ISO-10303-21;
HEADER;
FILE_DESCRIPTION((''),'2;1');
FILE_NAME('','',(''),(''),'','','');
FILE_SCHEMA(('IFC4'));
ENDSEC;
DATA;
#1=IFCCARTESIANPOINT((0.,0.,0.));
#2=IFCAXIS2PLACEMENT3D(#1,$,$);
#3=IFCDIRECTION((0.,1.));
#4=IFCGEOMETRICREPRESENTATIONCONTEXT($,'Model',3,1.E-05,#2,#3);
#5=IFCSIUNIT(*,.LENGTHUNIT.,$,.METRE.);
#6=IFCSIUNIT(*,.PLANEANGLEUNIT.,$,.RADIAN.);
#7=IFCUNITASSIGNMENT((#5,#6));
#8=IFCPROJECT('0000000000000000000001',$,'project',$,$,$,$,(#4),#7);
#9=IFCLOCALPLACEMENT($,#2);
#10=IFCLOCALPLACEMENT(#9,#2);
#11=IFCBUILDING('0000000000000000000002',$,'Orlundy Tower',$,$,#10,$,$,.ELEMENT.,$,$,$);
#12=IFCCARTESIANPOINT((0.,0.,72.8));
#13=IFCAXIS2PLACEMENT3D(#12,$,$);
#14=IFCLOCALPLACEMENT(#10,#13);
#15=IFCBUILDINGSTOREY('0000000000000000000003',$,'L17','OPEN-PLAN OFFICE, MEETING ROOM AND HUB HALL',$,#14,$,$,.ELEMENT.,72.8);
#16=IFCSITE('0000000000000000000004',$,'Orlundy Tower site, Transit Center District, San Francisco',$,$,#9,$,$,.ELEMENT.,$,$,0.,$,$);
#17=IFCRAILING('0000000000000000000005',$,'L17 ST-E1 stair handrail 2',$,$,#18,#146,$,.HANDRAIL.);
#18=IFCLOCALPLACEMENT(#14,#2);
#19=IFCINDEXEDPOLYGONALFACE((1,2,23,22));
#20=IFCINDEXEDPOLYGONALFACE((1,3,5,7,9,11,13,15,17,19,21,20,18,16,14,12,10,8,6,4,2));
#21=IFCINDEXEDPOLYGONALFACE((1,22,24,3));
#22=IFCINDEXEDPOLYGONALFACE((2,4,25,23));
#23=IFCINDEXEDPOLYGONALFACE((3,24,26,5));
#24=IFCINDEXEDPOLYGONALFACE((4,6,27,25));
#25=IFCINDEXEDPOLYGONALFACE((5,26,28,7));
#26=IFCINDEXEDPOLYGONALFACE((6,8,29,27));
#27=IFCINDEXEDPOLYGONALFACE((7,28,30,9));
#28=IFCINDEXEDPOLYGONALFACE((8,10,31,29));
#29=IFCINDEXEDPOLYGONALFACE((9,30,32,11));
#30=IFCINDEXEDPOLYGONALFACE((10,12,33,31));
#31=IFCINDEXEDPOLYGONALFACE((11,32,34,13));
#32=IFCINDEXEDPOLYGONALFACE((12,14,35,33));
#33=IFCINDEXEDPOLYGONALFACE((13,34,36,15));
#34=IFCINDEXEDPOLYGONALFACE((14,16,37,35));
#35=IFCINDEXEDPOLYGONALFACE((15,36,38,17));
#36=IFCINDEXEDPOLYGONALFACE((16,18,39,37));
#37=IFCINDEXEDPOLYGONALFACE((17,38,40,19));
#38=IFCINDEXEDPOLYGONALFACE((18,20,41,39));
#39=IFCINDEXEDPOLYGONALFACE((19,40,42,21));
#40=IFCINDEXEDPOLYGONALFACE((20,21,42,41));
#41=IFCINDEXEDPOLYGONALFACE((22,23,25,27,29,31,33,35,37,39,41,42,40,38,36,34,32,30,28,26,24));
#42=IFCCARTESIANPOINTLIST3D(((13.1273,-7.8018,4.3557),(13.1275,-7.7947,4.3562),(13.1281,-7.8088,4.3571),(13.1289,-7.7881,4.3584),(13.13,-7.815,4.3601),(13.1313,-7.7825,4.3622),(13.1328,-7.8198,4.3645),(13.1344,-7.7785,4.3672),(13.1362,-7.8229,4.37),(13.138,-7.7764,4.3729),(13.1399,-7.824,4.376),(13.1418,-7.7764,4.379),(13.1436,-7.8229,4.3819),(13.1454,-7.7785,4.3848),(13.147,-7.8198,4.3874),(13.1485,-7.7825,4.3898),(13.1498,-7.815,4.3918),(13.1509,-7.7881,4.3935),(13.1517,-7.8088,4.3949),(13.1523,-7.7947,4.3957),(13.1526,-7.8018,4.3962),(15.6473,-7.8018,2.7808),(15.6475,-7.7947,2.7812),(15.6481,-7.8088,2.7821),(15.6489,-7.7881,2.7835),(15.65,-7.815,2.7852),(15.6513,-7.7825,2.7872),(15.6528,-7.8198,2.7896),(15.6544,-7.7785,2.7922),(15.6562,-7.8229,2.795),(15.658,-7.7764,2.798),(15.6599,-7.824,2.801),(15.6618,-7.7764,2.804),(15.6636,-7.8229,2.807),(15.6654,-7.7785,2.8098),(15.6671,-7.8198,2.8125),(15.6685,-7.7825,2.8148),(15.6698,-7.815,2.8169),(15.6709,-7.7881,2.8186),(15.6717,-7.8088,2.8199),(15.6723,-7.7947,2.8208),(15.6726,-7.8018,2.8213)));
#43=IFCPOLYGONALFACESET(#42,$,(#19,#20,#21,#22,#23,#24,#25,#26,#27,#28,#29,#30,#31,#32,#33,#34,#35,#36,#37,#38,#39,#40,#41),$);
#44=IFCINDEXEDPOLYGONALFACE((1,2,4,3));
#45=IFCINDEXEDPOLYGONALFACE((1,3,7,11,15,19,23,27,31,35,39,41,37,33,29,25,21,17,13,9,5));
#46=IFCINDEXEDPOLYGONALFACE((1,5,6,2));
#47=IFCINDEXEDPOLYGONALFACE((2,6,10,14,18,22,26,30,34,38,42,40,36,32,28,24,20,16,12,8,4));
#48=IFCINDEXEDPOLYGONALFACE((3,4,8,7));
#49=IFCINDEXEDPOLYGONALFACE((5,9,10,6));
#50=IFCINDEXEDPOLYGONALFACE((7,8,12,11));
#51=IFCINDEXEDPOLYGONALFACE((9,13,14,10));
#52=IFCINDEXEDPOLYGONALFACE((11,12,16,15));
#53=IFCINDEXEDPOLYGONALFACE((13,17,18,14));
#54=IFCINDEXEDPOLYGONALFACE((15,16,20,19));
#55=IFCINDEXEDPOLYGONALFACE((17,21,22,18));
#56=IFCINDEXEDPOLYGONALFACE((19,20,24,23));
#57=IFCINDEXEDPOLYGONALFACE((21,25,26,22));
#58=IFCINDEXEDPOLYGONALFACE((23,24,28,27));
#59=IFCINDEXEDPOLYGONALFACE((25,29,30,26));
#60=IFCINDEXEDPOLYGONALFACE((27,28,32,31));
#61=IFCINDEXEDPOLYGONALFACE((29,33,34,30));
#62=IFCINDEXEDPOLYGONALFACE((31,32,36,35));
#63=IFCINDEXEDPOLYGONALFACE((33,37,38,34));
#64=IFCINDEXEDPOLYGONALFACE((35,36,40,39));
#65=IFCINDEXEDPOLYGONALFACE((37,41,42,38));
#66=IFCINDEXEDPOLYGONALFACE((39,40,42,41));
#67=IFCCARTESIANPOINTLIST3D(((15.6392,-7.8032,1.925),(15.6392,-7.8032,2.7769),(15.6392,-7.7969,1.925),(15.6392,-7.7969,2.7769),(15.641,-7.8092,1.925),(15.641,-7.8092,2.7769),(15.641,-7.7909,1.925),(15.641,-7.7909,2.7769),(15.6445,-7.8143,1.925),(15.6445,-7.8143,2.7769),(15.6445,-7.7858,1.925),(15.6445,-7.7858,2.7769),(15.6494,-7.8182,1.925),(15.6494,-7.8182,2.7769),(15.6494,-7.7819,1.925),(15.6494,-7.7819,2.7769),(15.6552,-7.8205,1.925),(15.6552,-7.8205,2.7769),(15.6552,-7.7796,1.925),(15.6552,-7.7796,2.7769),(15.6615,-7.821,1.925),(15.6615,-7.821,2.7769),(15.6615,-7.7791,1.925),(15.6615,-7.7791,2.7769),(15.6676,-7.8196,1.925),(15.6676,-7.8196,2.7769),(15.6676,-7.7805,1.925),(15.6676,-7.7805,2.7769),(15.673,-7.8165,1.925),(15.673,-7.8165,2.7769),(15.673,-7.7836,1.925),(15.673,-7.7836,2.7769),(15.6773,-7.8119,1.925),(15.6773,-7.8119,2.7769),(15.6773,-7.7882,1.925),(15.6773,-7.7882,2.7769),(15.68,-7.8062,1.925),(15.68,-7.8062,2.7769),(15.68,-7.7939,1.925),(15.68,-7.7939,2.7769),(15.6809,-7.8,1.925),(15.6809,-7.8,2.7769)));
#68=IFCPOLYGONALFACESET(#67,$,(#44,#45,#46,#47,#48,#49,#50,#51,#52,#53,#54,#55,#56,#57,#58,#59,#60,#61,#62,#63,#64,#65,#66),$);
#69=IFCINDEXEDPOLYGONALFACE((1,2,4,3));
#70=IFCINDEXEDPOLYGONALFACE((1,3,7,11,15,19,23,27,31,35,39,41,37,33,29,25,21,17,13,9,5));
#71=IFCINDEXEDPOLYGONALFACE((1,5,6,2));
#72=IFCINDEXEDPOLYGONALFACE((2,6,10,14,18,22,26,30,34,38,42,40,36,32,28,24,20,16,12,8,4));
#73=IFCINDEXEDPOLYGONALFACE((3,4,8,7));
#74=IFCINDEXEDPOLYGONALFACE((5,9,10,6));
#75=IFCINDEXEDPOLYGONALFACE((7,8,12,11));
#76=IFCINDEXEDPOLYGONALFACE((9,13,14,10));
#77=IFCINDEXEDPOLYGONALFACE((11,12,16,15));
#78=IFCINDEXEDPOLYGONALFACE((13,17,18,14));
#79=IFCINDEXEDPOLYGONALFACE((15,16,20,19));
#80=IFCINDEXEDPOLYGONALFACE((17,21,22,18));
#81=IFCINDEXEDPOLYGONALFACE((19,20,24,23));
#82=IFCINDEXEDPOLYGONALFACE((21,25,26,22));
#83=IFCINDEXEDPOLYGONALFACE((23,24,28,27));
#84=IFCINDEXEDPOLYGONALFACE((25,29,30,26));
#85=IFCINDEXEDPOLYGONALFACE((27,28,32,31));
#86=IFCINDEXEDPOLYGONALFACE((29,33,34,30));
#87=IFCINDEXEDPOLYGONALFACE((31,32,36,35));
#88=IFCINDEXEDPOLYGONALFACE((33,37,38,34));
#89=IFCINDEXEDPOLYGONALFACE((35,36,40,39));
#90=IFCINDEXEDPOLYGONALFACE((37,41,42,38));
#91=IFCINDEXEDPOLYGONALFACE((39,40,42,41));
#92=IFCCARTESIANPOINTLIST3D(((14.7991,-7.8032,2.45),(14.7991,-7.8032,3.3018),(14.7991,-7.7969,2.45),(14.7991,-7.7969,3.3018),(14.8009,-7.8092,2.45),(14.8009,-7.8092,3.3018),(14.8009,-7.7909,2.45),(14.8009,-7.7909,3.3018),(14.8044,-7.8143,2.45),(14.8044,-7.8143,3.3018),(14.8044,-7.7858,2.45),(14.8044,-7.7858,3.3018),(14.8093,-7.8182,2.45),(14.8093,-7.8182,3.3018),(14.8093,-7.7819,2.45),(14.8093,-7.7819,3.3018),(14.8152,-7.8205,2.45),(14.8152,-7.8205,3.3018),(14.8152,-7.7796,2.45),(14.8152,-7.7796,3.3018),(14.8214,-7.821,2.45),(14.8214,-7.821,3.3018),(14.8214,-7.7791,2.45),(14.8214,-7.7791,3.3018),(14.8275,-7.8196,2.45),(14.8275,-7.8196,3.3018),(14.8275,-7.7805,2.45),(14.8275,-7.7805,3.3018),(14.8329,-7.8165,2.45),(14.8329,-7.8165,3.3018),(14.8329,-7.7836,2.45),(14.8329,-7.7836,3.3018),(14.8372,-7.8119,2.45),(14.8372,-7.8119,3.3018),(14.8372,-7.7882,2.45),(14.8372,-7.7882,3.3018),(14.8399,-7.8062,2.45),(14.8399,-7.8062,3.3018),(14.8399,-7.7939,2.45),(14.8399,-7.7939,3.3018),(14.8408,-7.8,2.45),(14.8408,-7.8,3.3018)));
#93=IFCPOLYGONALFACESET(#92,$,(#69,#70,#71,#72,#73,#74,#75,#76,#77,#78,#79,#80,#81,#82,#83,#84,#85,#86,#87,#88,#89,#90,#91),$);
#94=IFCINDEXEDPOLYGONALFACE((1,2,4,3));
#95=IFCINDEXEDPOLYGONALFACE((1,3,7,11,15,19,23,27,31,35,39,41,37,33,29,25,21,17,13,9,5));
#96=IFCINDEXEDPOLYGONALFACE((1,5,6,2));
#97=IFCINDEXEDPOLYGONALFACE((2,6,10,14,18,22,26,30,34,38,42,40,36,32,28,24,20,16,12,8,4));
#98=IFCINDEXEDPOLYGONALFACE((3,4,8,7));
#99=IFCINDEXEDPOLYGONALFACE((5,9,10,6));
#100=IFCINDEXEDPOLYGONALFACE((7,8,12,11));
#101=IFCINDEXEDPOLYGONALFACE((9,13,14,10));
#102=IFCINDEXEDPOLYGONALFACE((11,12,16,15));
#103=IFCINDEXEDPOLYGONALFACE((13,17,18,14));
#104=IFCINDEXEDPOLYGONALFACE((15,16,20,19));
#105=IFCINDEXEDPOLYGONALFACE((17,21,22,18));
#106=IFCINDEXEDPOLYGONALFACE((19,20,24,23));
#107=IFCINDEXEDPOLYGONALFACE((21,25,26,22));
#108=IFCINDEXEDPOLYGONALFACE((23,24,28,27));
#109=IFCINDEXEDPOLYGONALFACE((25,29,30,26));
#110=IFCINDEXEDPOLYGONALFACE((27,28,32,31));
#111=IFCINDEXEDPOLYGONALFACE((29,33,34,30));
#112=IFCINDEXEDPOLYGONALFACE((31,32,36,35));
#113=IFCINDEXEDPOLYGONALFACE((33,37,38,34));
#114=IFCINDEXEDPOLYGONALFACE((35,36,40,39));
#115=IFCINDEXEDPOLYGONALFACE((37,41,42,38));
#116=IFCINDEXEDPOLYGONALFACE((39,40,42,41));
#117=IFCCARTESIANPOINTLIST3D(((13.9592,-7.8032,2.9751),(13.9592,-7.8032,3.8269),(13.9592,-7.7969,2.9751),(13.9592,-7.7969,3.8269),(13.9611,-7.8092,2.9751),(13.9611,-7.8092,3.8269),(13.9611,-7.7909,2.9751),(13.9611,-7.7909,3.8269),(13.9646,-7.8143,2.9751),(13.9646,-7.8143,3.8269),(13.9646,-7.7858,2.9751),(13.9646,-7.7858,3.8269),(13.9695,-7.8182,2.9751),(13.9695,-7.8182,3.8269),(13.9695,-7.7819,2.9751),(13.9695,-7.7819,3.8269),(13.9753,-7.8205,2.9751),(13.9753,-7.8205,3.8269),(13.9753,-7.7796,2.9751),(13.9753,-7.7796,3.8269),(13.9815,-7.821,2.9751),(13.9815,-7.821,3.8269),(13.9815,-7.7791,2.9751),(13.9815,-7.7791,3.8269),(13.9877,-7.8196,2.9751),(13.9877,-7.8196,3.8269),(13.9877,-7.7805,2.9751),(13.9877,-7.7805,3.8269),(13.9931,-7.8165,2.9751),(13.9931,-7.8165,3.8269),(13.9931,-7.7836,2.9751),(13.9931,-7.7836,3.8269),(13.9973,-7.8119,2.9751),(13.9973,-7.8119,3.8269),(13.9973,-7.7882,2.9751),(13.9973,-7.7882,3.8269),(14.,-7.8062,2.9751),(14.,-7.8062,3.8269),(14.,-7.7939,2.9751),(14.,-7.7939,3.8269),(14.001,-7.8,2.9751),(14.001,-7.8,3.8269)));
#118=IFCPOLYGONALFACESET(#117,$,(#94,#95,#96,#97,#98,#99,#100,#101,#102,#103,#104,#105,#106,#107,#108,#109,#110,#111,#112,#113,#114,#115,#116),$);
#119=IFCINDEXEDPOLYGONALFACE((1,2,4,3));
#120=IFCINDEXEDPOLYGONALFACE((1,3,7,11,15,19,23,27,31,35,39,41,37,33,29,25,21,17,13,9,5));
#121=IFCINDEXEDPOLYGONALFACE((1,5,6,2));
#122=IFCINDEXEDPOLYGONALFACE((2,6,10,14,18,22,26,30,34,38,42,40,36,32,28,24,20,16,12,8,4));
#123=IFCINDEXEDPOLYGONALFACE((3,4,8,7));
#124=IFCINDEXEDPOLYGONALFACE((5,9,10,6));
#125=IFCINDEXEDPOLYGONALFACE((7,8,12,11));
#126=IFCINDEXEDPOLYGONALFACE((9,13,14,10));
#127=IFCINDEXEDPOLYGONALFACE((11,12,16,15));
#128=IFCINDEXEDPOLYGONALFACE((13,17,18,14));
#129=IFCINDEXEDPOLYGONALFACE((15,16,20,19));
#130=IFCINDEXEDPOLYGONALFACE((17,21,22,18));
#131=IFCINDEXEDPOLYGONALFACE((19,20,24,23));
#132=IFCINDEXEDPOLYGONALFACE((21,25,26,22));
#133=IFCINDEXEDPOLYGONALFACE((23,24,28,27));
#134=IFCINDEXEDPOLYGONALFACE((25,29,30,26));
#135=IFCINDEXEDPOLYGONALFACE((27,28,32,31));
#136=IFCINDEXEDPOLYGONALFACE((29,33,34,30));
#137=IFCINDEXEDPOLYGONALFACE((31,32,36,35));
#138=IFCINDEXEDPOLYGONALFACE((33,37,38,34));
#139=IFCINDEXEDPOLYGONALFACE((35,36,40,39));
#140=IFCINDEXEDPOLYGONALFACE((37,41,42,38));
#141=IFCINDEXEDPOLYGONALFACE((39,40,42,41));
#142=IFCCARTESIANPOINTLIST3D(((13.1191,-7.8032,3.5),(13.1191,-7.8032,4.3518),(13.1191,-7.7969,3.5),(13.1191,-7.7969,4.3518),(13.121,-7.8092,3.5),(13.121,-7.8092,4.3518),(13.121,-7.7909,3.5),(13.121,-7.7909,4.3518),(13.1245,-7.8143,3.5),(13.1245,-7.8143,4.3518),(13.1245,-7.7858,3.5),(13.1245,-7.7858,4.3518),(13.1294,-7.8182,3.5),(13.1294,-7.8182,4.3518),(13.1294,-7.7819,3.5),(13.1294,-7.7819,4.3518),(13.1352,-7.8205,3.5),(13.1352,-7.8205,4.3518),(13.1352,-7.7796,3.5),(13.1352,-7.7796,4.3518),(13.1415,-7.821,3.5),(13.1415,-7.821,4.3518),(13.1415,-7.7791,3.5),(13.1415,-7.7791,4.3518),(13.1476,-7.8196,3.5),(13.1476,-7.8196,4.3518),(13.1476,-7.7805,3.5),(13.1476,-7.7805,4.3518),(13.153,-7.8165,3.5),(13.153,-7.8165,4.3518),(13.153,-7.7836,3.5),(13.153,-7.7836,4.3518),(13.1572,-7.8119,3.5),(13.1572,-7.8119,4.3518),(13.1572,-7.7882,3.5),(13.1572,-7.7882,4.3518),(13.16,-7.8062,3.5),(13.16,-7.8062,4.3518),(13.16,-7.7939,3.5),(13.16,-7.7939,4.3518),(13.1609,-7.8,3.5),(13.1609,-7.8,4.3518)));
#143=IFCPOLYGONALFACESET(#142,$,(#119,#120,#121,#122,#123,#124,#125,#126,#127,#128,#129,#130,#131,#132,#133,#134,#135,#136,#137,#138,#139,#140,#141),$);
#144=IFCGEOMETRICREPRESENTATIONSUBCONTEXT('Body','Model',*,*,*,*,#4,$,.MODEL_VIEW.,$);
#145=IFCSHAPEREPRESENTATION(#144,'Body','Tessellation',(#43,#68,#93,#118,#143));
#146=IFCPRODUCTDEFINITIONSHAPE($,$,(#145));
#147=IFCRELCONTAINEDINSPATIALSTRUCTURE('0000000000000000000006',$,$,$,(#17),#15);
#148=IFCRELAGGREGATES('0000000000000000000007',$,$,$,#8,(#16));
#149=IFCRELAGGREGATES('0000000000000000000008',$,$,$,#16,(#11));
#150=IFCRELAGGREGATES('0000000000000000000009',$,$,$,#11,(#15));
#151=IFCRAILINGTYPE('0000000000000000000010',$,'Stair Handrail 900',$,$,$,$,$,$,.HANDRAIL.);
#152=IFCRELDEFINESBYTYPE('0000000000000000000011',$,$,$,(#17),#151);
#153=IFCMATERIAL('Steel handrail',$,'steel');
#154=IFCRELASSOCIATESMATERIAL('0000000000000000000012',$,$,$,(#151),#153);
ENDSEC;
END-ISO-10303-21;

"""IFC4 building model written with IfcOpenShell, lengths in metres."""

from ifc_helpers import new_model, si_unit, direction, frame, origin, origin_2d, place, context, subcontext, project, spatial, circle, extrude, material, type_object, element, save


model = new_model("IFC4")

# Units and contexts
model_context = context("Model", 3, precision=1e-05, world=origin(), true_north=direction((0.0, 1.0)))
body_context = subcontext(model_context, "Body", "Model", "MODEL_VIEW")
ifc_project = project(units=[si_unit("LENGTHUNIT", "METRE"), si_unit("PLANEANGLEUNIT", "RADIAN")], contexts=[model_context])

# Site, building, storey
site_placement = place(None, origin())
site = spatial("IfcSite", under=ifc_project, at=site_placement, Name="Orlundy Tower site, Transit Center District, San Francisco", CompositionType="ELEMENT", RefElevation=0.0)
building_placement = place(site_placement, origin())
building = spatial("IfcBuilding", under=site, at=building_placement, Name="Orlundy Tower", CompositionType="ELEMENT")
storey_placement = place(building_placement, frame((0.0, 0.0, 72.8)))
storey = spatial("IfcBuildingStorey", under=building, at=storey_placement, Name="L17", Description="OPEN-PLAN OFFICE, MEETING ROOM AND HUB HALL", CompositionType="ELEMENT", Elevation=72.8)

# Railing
ifc_material_1 = material(Name="Steel handrail", Category="steel")
railing_type_1 = type_object("IfcRailingType", Name="Stair Handrail 900", PredefinedType="HANDRAIL", material=ifc_material_1)
railing_1_placement = place(storey_placement, frame((15.6599, -7.8, 1.925)))
element("IfcRailing", 1, at=railing_1_placement, inside=storey, type_object=railing_type_1, Name="L17 ST-E1 stair handrail 2", PredefinedType="HANDRAIL", context=body_context, shape_type="SweptSolid", body=[
    extrude(circle(Radius=0.0239, at=origin_2d()), frame((0.0, 0.0, 0.876), z_axis=(-0.848008, 0.0, 0.529984), x_axis=(0.0, -1.0, 0.0)), (0.0, 0.0, 1.0), 2.9717),
    extrude(circle(Radius=0.021, at=origin_2d()), origin(), (0.0, 0.0, 1.0), 0.8518),
    extrude(circle(Radius=0.021, at=origin_2d()), frame((-0.8401, 0.0, 0.5249)), (0.0, 0.0, 1.0), 0.8518),
    extrude(circle(Radius=0.021, at=origin_2d()), frame((-1.6799, 0.0, 1.05)), (0.0, 0.0, 1.0), 0.8518),
    extrude(circle(Radius=0.021, at=origin_2d()), frame((-2.52, 0.0, 1.575)), (0.0, 0.0, 1.0), 0.8518),
])

save(model, "model.ifc")
